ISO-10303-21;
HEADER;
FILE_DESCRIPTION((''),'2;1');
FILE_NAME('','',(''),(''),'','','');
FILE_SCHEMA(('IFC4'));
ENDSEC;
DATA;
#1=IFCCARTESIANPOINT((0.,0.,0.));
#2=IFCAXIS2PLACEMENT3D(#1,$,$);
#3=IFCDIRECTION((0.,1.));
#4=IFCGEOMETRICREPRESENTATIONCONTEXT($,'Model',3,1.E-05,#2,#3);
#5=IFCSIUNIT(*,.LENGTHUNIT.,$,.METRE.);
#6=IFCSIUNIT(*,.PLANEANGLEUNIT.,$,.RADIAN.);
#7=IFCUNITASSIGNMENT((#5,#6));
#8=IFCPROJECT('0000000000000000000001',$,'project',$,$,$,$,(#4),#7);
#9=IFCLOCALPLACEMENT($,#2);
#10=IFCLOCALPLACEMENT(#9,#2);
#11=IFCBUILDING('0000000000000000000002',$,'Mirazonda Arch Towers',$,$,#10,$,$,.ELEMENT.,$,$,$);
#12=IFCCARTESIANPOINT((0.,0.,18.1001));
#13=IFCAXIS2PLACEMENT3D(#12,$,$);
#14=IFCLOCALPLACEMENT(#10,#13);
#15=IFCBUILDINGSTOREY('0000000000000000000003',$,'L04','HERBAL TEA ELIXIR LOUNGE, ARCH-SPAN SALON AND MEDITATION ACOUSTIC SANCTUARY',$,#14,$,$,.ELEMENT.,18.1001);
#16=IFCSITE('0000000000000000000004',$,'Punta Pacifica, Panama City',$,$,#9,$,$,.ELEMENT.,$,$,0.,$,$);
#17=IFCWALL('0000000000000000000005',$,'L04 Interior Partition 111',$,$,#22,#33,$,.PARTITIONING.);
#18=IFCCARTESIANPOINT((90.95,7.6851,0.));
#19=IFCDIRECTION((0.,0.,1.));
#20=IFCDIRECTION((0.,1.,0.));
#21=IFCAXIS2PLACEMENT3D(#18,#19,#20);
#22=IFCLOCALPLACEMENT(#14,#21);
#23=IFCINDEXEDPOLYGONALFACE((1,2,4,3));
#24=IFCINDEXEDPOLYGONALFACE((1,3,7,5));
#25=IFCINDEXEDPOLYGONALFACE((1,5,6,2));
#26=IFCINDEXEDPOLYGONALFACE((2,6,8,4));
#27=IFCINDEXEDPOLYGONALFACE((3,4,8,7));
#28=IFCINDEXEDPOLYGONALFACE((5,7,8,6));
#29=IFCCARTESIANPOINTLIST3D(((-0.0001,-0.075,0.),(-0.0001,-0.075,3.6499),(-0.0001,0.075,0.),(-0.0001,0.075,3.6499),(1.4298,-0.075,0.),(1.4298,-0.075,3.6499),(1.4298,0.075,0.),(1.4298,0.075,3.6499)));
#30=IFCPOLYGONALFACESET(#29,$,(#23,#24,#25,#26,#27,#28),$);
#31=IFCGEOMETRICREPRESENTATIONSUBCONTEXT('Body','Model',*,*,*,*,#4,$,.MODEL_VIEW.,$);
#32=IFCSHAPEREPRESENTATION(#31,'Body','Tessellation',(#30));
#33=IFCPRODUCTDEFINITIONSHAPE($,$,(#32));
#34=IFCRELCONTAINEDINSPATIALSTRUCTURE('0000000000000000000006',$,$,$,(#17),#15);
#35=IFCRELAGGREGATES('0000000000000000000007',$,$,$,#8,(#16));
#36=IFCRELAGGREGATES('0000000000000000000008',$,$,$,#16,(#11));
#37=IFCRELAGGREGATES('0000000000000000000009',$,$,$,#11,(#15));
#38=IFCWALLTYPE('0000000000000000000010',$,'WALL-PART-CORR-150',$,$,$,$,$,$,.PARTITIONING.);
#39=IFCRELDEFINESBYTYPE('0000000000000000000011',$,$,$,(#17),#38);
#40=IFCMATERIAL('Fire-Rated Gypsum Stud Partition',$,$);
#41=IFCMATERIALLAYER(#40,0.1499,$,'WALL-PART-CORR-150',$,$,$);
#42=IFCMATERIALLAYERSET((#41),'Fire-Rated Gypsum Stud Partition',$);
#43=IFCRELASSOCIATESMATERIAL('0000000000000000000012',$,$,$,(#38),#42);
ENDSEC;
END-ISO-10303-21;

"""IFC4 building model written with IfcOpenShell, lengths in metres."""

from ifc_helpers import new_model, si_unit, direction, frame, frame_2d, origin, place, context, subcontext, project, spatial, rectangle, extrude, material, layer, layer_set, type_object, element, save


model = new_model("IFC4")

# Units and contexts
model_context = context("Model", 3, precision=1e-05, world=origin(), true_north=direction((0.0, 1.0)))
body_context = subcontext(model_context, "Body", "Model", "MODEL_VIEW")
ifc_project = project(units=[si_unit("LENGTHUNIT", "METRE"), si_unit("PLANEANGLEUNIT", "RADIAN")], contexts=[model_context])

# Site, building, storey
site_placement = place(None, origin())
site = spatial("IfcSite", under=ifc_project, at=site_placement, Name="Punta Pacifica, Panama City", CompositionType="ELEMENT", RefElevation=0.0)
building_placement = place(site_placement, origin())
building = spatial("IfcBuilding", under=site, at=building_placement, Name="Mirazonda Arch Towers", CompositionType="ELEMENT")
storey_placement = place(building_placement, frame((0.0, 0.0, 18.1001)))
storey = spatial("IfcBuildingStorey", under=building, at=storey_placement, Name="L04", Description="HERBAL TEA ELIXIR LOUNGE, ARCH-SPAN SALON AND MEDITATION ACOUSTIC SANCTUARY", CompositionType="ELEMENT", Elevation=18.1001)

# Wall
ifc_material_1 = material(Name="Fire-Rated Gypsum Stud Partition")
ifc_layer_1 = layer(ifc_material_1, 0.1499, Name="WALL-PART-CORR-150")
ifc_layer_set_1 = layer_set([ifc_layer_1], Name="Fire-Rated Gypsum Stud Partition")
wall_type_1 = type_object("IfcWallType", Name="WALL-PART-CORR-150", PredefinedType="PARTITIONING", material=ifc_layer_set_1)
wall_1_placement = place(storey_placement, frame((90.95, 7.6851, 0.0), z_axis=(0.0, 0.0, 1.0), x_axis=(0.0, 1.0, 0.0)))
element("IfcWall", 1, at=wall_1_placement, inside=storey, type_object=wall_type_1, Name="L04 Interior Partition 111", PredefinedType="PARTITIONING", context=body_context, shape_type="SweptSolid", body=[
    extrude(rectangle(XDim=1.4299, YDim=0.1499, at=frame_2d((0.7148, 0.0))), origin(), (0.0, 0.0, 1.0), 3.6499),
])

save(model, "model.ifc")
